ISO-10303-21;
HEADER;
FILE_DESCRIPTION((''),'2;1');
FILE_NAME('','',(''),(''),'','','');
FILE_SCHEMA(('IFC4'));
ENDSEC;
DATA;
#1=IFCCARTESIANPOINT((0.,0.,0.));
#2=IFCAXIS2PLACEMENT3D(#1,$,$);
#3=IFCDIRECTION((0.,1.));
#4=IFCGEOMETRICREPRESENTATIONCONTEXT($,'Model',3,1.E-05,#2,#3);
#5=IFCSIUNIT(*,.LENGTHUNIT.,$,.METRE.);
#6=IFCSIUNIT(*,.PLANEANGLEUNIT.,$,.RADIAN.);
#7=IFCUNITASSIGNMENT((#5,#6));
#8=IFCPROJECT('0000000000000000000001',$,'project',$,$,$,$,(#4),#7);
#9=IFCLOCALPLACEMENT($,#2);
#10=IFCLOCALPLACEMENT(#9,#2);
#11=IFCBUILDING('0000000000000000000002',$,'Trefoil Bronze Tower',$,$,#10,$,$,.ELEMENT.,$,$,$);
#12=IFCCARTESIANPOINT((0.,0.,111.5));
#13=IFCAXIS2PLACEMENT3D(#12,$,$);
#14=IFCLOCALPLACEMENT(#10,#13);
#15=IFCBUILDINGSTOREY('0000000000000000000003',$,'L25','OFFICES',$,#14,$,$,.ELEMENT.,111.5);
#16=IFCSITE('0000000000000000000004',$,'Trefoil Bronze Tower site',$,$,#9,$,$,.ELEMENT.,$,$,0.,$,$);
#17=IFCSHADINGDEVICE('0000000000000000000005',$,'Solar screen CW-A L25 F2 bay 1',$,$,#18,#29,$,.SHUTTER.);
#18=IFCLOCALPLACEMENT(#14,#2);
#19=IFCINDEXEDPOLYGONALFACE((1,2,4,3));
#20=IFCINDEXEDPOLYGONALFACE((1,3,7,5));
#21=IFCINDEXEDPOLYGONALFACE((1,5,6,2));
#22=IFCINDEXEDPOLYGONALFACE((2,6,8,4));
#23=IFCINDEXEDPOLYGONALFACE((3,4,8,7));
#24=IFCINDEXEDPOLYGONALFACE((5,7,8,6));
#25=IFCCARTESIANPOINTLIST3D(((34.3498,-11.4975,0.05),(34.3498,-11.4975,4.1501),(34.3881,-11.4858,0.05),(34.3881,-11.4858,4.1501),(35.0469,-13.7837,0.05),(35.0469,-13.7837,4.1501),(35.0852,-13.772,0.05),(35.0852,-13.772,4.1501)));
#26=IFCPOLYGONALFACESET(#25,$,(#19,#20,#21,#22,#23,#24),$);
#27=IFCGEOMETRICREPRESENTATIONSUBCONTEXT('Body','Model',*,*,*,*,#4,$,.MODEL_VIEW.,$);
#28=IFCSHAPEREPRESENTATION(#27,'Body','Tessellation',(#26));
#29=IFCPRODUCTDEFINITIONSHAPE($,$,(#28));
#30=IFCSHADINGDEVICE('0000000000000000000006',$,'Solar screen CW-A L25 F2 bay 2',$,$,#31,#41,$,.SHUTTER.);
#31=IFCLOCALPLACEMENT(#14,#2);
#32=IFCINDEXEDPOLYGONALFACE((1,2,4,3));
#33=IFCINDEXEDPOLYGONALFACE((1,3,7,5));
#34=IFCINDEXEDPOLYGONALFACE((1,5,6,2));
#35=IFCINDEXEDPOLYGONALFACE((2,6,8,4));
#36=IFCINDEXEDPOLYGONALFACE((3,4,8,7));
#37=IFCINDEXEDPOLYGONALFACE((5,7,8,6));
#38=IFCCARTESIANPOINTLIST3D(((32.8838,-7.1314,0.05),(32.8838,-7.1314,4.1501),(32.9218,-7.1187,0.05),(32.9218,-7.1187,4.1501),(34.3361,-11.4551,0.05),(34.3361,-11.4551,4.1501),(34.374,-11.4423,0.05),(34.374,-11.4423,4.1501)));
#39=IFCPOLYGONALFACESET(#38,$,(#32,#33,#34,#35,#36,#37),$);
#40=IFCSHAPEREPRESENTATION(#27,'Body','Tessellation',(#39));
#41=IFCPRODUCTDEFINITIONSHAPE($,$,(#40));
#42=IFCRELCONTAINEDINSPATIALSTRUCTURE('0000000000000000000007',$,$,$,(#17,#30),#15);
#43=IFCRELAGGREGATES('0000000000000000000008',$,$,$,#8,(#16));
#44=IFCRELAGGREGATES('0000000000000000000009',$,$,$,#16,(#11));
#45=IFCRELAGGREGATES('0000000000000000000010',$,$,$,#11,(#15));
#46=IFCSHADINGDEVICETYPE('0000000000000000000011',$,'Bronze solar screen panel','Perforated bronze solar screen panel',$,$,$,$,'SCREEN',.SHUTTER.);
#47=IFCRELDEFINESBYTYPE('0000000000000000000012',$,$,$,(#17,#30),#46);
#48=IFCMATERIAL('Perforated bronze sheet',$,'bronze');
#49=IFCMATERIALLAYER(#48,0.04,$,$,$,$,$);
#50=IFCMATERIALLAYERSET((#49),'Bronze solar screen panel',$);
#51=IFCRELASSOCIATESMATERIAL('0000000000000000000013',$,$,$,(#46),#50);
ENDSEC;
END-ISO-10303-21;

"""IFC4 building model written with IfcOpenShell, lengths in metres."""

from ifc_helpers import new_model, si_unit, direction, frame, origin, origin_2d, place, context, subcontext, project, spatial, rectangle, extrude, material, layer, layer_set, type_object, element, save


model = new_model("IFC4")

# Units and contexts
model_context = context("Model", 3, precision=1e-05, world=origin(), true_north=direction((0.0, 1.0)))
body_context = subcontext(model_context, "Body", "Model", "MODEL_VIEW")
ifc_project = project(units=[si_unit("LENGTHUNIT", "METRE"), si_unit("PLANEANGLEUNIT", "RADIAN")], contexts=[model_context])

# Site, building, storey
site_placement = place(None, origin())
site = spatial("IfcSite", under=ifc_project, at=site_placement, Name="Trefoil Bronze Tower site", CompositionType="ELEMENT", RefElevation=0.0)
building_placement = place(site_placement, origin())
building = spatial("IfcBuilding", under=site, at=building_placement, Name="Trefoil Bronze Tower", CompositionType="ELEMENT")
storey_placement = place(building_placement, frame((0.0, 0.0, 111.5)))
storey = spatial("IfcBuildingStorey", under=building, at=storey_placement, Name="L25", Description="OFFICES", CompositionType="ELEMENT", Elevation=111.5)

# Shading devices
ifc_material_1 = material(Name="Perforated bronze sheet", Category="bronze")
ifc_layer_1 = layer(ifc_material_1, 0.04)
ifc_layer_set_1 = layer_set([ifc_layer_1], Name="Bronze solar screen panel")
shading_device_type = type_object("IfcShadingDeviceType", Name="Bronze solar screen panel", Description="Perforated bronze solar screen panel", ElementType="SCREEN", PredefinedType="SHUTTER", material=ifc_layer_set_1)
shading_device_1_placement = place(storey_placement, frame((34.7175, -12.6348, 0.05), z_axis=(0.0, 0.0, 1.0), x_axis=(-0.291669, 0.956519, 0.0)))
element("IfcShadingDevice", 1, at=shading_device_1_placement, inside=storey, type_object=shading_device_type, Name="Solar screen CW-A L25 F2 bay 1", PredefinedType="SHUTTER", context=body_context, shape_type="SweptSolid", body=[
    extrude(rectangle(XDim=2.3901, YDim=0.04, at=origin_2d()), origin(), (0.0, 0.0, 1.0), 4.1001),
])
shading_device_2_placement = place(storey_placement, frame((33.6289, -9.2869, 0.05), z_axis=(0.0, 0.0, 1.0), x_axis=(-0.318404, 0.947955, 0.0)))
element("IfcShadingDevice", 2, at=shading_device_2_placement, inside=storey, type_object=shading_device_type, Name="Solar screen CW-A L25 F2 bay 2", PredefinedType="SHUTTER", context=body_context, shape_type="SweptSolid", body=[
    extrude(rectangle(XDim=4.561, YDim=0.04, at=origin_2d()), origin(), (0.0, 0.0, 1.0), 4.1001),
])

save(model, "model.ifc")
